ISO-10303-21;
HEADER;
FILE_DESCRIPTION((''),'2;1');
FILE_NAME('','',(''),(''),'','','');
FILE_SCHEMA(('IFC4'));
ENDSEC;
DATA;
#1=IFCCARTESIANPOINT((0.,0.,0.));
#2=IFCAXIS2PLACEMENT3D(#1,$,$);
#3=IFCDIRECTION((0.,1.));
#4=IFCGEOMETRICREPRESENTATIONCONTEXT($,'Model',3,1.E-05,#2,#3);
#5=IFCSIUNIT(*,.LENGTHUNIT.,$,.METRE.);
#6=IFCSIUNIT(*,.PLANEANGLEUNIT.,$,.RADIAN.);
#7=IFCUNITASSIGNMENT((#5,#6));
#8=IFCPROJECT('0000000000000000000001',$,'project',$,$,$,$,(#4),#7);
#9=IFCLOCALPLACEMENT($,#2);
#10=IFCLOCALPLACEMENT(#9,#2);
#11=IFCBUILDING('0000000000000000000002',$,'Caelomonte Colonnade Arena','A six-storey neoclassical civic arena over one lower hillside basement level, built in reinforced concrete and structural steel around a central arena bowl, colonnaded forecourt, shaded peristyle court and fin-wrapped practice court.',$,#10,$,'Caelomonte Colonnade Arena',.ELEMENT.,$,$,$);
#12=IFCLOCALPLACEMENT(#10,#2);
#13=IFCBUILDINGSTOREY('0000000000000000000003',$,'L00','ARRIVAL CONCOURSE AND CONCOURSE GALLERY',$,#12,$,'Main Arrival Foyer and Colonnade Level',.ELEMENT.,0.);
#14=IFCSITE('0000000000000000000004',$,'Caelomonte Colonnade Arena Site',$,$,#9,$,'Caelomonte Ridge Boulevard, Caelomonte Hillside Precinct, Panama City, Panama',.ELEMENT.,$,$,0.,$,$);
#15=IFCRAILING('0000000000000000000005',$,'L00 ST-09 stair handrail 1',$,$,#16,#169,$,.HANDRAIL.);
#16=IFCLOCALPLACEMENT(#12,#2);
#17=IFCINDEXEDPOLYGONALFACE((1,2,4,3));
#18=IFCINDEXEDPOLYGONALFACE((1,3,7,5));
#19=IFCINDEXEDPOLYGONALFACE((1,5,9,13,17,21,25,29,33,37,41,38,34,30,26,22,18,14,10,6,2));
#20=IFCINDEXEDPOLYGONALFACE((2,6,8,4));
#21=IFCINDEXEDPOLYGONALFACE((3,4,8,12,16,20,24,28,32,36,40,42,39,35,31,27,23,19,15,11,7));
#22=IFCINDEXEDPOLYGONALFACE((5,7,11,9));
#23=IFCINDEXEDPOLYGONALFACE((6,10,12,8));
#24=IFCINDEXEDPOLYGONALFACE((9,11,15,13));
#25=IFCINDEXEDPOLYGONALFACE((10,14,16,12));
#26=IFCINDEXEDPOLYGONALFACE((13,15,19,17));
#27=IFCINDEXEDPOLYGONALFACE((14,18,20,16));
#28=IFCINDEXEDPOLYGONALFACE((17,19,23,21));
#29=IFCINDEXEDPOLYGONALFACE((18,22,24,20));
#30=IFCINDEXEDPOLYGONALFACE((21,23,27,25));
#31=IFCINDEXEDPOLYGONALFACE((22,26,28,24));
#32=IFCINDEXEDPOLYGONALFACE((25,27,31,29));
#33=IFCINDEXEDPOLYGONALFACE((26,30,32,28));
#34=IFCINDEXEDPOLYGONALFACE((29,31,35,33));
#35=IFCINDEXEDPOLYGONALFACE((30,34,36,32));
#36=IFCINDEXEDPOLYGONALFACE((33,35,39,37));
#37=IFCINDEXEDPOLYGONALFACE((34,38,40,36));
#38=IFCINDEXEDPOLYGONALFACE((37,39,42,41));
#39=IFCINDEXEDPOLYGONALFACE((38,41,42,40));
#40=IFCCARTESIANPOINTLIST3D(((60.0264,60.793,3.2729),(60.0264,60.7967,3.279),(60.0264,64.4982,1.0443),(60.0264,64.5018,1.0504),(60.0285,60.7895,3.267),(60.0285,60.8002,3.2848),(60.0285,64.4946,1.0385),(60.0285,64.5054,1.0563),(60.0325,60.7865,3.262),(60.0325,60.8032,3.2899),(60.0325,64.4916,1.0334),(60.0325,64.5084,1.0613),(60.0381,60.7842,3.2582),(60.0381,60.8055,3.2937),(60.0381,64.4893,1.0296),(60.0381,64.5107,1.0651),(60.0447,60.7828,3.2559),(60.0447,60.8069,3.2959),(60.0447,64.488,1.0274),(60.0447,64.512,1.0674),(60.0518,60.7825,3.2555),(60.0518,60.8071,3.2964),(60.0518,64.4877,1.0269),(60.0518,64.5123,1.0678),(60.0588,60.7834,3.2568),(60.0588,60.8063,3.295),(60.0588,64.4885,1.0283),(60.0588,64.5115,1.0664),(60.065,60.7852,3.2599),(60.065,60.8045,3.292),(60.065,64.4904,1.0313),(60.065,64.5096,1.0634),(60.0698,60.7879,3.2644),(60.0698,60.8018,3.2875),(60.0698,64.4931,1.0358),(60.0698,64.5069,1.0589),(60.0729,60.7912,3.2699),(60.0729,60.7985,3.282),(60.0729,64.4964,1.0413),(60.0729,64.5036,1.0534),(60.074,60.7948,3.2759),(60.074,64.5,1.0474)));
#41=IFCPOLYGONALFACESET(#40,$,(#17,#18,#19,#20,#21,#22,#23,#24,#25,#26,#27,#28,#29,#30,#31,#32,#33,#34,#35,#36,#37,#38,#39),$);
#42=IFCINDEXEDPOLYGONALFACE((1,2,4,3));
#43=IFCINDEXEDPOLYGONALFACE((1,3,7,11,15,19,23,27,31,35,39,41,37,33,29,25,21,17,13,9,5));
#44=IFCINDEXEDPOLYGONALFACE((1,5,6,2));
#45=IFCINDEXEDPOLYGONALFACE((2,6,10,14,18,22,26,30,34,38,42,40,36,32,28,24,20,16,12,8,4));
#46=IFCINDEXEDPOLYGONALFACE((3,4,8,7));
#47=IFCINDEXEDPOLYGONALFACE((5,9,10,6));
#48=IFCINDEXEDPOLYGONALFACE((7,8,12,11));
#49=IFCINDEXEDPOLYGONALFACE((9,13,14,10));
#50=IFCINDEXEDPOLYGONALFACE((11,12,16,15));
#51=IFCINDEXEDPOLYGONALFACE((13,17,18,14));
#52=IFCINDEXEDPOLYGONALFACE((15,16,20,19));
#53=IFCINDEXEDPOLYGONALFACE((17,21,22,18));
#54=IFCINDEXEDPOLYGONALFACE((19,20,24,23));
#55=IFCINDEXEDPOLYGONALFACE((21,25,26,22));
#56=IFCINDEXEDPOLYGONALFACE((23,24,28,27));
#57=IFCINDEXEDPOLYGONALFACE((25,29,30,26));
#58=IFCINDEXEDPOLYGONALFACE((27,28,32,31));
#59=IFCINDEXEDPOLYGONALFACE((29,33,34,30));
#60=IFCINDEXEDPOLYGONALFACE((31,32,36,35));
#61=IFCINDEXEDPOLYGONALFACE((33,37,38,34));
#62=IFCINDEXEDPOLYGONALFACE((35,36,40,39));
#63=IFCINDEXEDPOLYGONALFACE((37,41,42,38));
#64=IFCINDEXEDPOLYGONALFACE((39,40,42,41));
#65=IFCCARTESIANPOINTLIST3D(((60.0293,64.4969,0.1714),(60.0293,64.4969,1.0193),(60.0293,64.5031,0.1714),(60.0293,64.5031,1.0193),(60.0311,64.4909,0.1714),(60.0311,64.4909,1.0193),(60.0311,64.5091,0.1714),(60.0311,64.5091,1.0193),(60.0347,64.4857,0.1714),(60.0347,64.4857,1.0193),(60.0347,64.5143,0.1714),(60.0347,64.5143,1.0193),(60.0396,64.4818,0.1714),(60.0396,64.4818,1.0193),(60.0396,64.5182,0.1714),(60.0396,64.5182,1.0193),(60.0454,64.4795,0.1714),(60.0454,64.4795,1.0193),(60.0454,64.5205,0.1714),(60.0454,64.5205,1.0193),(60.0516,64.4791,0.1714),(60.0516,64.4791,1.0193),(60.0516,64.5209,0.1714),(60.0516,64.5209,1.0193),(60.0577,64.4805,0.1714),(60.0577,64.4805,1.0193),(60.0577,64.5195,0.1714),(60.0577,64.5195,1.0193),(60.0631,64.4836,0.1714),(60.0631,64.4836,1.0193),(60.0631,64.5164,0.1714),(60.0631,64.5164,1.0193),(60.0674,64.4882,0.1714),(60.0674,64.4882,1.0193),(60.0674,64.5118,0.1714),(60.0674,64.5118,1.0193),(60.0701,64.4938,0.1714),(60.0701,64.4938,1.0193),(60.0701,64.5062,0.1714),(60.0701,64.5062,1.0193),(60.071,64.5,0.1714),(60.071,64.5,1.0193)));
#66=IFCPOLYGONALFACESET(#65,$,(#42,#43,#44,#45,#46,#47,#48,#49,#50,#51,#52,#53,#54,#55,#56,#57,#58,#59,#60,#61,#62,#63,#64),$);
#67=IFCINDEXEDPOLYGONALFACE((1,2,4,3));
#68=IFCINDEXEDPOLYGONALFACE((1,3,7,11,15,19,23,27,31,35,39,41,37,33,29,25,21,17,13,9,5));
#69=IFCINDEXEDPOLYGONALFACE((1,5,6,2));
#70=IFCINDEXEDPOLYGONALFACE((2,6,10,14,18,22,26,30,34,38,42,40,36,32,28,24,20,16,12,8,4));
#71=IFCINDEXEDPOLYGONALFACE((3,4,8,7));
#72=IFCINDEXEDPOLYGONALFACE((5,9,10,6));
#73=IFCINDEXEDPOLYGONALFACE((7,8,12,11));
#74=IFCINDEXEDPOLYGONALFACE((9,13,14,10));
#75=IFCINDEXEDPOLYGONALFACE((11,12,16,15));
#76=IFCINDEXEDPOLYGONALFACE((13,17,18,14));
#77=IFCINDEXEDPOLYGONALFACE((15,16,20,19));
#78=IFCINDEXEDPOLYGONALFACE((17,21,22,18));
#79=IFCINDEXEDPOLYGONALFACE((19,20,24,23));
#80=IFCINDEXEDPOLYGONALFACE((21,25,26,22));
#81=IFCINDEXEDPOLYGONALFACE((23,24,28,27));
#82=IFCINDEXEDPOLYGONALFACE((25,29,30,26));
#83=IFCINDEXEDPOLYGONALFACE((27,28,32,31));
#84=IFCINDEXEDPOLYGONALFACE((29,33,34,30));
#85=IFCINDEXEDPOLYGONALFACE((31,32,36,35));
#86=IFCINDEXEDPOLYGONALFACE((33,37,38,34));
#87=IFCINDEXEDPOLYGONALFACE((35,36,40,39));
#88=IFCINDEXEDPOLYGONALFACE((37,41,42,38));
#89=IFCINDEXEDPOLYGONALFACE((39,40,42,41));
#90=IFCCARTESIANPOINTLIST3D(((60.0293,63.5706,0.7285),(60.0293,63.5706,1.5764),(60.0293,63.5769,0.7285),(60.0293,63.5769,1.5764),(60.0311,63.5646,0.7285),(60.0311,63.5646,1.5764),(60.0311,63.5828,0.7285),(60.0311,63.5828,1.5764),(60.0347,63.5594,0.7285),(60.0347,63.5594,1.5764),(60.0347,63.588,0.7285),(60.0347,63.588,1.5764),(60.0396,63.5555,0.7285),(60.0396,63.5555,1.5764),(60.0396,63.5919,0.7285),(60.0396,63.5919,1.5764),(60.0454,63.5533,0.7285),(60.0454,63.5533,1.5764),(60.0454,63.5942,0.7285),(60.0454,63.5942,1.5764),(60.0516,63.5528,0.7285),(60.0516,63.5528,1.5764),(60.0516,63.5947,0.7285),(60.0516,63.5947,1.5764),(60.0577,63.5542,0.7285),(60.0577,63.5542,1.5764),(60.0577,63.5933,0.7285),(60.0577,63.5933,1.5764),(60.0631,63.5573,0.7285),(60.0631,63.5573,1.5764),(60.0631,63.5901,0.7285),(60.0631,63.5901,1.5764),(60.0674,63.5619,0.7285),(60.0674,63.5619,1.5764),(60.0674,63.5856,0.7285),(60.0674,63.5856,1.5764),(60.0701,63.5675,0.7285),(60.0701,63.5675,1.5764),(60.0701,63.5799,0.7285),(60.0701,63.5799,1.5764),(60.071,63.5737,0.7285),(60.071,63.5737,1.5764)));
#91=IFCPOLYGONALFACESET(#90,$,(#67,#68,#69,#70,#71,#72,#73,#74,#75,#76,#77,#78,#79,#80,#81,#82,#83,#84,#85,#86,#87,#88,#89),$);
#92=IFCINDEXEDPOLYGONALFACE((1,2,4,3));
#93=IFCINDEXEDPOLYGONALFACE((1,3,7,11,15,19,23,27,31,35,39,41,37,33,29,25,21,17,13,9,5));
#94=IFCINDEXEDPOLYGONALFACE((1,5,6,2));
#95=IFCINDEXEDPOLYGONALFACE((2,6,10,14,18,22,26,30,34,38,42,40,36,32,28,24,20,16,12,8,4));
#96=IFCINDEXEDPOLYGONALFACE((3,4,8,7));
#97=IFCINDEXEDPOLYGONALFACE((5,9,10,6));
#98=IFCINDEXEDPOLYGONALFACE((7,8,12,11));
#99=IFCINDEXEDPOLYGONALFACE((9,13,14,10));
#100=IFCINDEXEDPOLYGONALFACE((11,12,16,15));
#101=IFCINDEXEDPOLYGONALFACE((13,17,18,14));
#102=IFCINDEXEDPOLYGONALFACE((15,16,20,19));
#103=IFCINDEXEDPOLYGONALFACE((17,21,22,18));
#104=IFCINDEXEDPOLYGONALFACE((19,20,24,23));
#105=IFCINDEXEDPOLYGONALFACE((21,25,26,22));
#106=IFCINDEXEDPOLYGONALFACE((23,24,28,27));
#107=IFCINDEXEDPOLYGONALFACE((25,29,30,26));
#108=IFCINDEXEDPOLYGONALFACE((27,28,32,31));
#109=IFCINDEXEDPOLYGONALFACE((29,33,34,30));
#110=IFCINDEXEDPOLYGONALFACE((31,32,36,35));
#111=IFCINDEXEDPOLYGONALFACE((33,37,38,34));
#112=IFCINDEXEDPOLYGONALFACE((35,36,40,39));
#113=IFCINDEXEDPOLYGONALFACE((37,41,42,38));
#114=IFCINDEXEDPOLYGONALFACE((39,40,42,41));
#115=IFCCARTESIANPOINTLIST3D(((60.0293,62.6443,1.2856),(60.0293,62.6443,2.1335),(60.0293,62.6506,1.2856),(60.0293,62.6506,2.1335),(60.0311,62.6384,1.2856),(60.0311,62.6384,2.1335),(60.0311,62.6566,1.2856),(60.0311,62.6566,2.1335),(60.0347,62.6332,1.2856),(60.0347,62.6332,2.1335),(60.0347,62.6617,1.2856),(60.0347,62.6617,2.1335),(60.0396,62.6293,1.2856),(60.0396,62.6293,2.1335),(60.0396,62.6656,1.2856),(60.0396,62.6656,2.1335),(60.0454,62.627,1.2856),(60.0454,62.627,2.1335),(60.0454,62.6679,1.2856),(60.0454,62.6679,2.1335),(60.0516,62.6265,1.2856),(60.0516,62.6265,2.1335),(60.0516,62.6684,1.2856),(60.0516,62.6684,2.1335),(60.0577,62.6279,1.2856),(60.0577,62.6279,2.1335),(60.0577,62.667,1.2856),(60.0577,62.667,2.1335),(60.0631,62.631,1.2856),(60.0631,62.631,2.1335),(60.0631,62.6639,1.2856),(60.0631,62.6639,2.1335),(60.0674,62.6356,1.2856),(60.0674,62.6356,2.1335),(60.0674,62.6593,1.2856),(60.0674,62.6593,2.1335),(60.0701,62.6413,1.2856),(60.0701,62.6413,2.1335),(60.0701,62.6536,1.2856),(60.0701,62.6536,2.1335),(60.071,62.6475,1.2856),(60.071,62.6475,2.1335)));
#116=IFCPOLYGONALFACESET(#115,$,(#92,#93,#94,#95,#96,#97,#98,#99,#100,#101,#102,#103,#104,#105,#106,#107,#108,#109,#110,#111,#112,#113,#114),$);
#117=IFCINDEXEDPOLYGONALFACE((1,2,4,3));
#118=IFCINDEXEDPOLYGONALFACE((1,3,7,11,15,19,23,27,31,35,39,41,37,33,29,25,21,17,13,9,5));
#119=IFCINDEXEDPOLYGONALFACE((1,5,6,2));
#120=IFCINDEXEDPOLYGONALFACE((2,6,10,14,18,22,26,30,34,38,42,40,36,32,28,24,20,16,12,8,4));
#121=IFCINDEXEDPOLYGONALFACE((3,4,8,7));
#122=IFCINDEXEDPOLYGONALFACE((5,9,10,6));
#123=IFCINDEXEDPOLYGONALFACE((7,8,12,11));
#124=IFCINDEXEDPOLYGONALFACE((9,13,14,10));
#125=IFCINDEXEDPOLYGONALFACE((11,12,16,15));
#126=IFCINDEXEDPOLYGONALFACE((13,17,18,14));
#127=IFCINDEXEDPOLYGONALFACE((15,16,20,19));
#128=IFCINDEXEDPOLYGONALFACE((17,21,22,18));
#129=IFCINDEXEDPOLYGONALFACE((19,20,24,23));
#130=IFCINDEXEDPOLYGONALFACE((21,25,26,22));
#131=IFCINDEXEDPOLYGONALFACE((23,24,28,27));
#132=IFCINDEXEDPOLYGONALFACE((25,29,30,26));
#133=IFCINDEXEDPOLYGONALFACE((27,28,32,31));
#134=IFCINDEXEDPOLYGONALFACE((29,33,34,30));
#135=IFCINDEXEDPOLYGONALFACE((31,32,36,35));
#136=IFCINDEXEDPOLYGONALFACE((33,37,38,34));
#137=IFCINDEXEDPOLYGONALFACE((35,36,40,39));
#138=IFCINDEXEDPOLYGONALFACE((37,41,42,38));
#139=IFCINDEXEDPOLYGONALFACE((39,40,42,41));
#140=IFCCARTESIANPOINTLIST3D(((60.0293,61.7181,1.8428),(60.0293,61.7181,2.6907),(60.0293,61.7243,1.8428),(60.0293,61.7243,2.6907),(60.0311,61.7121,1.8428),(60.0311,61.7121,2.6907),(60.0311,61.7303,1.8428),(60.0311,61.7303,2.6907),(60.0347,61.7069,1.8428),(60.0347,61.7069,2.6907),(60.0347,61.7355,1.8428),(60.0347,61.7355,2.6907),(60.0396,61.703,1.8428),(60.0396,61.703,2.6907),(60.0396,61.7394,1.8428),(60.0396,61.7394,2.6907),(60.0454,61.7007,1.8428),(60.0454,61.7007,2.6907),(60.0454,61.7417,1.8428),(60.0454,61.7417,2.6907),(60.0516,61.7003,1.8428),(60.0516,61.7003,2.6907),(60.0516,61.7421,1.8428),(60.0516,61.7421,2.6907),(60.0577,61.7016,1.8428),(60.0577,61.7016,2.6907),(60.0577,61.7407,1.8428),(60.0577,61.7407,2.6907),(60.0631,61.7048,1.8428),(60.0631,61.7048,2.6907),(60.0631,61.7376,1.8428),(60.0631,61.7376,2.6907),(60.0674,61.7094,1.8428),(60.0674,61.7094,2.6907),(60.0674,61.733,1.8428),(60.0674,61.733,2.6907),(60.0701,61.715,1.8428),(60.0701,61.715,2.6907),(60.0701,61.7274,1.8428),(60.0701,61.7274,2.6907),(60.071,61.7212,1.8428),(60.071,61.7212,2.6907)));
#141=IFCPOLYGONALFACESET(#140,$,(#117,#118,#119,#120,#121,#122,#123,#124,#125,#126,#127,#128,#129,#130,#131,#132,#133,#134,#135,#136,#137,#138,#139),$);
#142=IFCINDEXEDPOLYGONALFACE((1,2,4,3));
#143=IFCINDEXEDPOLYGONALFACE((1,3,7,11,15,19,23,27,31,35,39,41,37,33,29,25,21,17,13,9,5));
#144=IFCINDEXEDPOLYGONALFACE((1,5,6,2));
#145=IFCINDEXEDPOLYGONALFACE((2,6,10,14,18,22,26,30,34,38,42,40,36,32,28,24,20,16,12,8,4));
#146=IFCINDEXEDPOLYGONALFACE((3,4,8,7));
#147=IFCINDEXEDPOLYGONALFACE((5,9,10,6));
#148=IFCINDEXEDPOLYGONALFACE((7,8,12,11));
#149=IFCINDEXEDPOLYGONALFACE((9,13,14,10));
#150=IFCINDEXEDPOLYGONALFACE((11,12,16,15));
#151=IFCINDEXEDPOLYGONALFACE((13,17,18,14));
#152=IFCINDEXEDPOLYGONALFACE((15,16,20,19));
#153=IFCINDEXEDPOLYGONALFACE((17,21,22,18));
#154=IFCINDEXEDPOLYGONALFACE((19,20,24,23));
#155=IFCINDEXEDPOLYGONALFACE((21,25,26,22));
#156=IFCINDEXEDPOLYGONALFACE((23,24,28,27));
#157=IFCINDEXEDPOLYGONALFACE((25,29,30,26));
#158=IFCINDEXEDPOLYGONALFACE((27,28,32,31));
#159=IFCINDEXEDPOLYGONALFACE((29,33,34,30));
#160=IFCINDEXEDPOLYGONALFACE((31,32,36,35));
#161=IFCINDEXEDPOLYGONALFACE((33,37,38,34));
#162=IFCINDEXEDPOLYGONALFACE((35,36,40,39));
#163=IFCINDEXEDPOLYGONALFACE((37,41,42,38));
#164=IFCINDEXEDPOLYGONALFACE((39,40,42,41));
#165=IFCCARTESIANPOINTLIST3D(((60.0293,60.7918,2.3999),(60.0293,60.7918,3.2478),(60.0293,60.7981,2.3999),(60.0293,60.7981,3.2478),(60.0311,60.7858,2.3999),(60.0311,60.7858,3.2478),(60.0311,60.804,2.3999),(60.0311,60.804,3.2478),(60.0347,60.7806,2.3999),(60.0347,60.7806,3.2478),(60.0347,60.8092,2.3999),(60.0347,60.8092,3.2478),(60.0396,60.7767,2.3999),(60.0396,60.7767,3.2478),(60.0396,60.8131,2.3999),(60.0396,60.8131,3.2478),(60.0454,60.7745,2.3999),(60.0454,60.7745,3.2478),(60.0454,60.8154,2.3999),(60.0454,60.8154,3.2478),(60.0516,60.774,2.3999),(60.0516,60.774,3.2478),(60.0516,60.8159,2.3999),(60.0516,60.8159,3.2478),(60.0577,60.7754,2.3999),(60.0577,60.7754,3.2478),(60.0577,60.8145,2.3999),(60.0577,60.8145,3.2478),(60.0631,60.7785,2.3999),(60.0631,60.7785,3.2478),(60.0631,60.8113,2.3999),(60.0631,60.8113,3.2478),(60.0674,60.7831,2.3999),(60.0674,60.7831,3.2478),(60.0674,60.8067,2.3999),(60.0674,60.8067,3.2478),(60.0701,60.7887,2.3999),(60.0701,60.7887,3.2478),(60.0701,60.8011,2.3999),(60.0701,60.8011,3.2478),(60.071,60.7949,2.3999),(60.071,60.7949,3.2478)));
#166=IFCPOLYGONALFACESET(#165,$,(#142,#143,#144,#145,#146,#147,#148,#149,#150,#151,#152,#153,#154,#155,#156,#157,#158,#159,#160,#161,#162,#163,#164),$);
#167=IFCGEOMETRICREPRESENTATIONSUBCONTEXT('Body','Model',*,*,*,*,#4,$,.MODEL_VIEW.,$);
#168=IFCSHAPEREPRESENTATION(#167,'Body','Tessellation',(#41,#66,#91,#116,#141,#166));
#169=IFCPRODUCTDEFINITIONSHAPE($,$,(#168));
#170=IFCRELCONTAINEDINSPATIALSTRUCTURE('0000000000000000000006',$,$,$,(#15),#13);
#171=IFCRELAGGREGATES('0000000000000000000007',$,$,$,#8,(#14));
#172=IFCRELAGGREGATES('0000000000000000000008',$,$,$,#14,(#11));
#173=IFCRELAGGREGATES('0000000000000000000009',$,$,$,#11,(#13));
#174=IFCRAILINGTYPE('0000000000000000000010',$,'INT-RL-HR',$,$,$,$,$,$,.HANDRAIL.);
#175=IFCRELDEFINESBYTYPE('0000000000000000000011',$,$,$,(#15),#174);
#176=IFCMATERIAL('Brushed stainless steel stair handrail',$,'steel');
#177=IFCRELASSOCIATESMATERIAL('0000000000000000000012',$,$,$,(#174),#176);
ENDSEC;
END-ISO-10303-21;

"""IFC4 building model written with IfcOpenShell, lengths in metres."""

from ifc_helpers import new_model, si_unit, direction, frame, origin, origin_2d, place, context, subcontext, project, spatial, circle, extrude, material, type_object, element, save


model = new_model("IFC4")

# Units and contexts
model_context = context("Model", 3, precision=1e-05, world=origin(), true_north=direction((0.0, 1.0)))
body_context = subcontext(model_context, "Body", "Model", "MODEL_VIEW")
ifc_project = project(units=[si_unit("LENGTHUNIT", "METRE"), si_unit("PLANEANGLEUNIT", "RADIAN")], contexts=[model_context])

# Site, building, storey
site_placement = place(None, origin())
site = spatial("IfcSite", under=ifc_project, at=site_placement, Name="Caelomonte Colonnade Arena Site", LongName="Caelomonte Ridge Boulevard, Caelomonte Hillside Precinct, Panama City, Panama", CompositionType="ELEMENT", RefElevation=0.0)
building_placement = place(site_placement, origin())
building = spatial("IfcBuilding", under=site, at=building_placement, Name="Caelomonte Colonnade Arena", Description="A six-storey neoclassical civic arena over one lower hillside basement level, built in reinforced concrete and structural steel around a central arena bowl, colonnaded forecourt, shaded peristyle court and fin-wrapped practice court.", LongName="Caelomonte Colonnade Arena", CompositionType="ELEMENT")
storey_placement = place(building_placement, origin())
storey = spatial("IfcBuildingStorey", under=building, at=storey_placement, Name="L00", Description="ARRIVAL CONCOURSE AND CONCOURSE GALLERY", LongName="Main Arrival Foyer and Colonnade Level", CompositionType="ELEMENT", Elevation=0.0)

# Railing
ifc_material_1 = material(Name="Brushed stainless steel stair handrail", Category="steel")
railing_type_1 = type_object("IfcRailingType", Name="INT-RL-HR", PredefinedType="HANDRAIL", material=ifc_material_1)
railing_1_placement = place(storey_placement, frame((60.05, 64.5, 0.1714)))
element("IfcRailing", 1, at=railing_1_placement, inside=storey, type_object=railing_type_1, Name="L00 ST-09 stair handrail 1", PredefinedType="HANDRAIL", context=body_context, shape_type="SweptSolid", body=[
    extrude(circle(Radius=0.0239, at=origin_2d()), frame((0.0, 0.0, 0.876), z_axis=(0.0, -0.856934, 0.515425), x_axis=(1.0, 0.0, 0.0)), (0.0, 0.0, 1.0), 4.3237),
    extrude(circle(Radius=0.021, at=origin_2d()), origin(), (0.0, 0.0, 1.0), 0.8479),
    extrude(circle(Radius=0.021, at=origin_2d()), frame((0.0, -0.9263, 0.5571)), (0.0, 0.0, 1.0), 0.8479),
    extrude(circle(Radius=0.021, at=origin_2d()), frame((0.0, -1.8525, 1.1143)), (0.0, 0.0, 1.0), 0.8479),
    extrude(circle(Radius=0.021, at=origin_2d()), frame((0.0, -2.7788, 1.6714)), (0.0, 0.0, 1.0), 0.8479),
    extrude(circle(Radius=0.021, at=origin_2d()), frame((0.0, -3.7051, 2.2285)), (0.0, 0.0, 1.0), 0.8479),
])

save(model, "model.ifc")
